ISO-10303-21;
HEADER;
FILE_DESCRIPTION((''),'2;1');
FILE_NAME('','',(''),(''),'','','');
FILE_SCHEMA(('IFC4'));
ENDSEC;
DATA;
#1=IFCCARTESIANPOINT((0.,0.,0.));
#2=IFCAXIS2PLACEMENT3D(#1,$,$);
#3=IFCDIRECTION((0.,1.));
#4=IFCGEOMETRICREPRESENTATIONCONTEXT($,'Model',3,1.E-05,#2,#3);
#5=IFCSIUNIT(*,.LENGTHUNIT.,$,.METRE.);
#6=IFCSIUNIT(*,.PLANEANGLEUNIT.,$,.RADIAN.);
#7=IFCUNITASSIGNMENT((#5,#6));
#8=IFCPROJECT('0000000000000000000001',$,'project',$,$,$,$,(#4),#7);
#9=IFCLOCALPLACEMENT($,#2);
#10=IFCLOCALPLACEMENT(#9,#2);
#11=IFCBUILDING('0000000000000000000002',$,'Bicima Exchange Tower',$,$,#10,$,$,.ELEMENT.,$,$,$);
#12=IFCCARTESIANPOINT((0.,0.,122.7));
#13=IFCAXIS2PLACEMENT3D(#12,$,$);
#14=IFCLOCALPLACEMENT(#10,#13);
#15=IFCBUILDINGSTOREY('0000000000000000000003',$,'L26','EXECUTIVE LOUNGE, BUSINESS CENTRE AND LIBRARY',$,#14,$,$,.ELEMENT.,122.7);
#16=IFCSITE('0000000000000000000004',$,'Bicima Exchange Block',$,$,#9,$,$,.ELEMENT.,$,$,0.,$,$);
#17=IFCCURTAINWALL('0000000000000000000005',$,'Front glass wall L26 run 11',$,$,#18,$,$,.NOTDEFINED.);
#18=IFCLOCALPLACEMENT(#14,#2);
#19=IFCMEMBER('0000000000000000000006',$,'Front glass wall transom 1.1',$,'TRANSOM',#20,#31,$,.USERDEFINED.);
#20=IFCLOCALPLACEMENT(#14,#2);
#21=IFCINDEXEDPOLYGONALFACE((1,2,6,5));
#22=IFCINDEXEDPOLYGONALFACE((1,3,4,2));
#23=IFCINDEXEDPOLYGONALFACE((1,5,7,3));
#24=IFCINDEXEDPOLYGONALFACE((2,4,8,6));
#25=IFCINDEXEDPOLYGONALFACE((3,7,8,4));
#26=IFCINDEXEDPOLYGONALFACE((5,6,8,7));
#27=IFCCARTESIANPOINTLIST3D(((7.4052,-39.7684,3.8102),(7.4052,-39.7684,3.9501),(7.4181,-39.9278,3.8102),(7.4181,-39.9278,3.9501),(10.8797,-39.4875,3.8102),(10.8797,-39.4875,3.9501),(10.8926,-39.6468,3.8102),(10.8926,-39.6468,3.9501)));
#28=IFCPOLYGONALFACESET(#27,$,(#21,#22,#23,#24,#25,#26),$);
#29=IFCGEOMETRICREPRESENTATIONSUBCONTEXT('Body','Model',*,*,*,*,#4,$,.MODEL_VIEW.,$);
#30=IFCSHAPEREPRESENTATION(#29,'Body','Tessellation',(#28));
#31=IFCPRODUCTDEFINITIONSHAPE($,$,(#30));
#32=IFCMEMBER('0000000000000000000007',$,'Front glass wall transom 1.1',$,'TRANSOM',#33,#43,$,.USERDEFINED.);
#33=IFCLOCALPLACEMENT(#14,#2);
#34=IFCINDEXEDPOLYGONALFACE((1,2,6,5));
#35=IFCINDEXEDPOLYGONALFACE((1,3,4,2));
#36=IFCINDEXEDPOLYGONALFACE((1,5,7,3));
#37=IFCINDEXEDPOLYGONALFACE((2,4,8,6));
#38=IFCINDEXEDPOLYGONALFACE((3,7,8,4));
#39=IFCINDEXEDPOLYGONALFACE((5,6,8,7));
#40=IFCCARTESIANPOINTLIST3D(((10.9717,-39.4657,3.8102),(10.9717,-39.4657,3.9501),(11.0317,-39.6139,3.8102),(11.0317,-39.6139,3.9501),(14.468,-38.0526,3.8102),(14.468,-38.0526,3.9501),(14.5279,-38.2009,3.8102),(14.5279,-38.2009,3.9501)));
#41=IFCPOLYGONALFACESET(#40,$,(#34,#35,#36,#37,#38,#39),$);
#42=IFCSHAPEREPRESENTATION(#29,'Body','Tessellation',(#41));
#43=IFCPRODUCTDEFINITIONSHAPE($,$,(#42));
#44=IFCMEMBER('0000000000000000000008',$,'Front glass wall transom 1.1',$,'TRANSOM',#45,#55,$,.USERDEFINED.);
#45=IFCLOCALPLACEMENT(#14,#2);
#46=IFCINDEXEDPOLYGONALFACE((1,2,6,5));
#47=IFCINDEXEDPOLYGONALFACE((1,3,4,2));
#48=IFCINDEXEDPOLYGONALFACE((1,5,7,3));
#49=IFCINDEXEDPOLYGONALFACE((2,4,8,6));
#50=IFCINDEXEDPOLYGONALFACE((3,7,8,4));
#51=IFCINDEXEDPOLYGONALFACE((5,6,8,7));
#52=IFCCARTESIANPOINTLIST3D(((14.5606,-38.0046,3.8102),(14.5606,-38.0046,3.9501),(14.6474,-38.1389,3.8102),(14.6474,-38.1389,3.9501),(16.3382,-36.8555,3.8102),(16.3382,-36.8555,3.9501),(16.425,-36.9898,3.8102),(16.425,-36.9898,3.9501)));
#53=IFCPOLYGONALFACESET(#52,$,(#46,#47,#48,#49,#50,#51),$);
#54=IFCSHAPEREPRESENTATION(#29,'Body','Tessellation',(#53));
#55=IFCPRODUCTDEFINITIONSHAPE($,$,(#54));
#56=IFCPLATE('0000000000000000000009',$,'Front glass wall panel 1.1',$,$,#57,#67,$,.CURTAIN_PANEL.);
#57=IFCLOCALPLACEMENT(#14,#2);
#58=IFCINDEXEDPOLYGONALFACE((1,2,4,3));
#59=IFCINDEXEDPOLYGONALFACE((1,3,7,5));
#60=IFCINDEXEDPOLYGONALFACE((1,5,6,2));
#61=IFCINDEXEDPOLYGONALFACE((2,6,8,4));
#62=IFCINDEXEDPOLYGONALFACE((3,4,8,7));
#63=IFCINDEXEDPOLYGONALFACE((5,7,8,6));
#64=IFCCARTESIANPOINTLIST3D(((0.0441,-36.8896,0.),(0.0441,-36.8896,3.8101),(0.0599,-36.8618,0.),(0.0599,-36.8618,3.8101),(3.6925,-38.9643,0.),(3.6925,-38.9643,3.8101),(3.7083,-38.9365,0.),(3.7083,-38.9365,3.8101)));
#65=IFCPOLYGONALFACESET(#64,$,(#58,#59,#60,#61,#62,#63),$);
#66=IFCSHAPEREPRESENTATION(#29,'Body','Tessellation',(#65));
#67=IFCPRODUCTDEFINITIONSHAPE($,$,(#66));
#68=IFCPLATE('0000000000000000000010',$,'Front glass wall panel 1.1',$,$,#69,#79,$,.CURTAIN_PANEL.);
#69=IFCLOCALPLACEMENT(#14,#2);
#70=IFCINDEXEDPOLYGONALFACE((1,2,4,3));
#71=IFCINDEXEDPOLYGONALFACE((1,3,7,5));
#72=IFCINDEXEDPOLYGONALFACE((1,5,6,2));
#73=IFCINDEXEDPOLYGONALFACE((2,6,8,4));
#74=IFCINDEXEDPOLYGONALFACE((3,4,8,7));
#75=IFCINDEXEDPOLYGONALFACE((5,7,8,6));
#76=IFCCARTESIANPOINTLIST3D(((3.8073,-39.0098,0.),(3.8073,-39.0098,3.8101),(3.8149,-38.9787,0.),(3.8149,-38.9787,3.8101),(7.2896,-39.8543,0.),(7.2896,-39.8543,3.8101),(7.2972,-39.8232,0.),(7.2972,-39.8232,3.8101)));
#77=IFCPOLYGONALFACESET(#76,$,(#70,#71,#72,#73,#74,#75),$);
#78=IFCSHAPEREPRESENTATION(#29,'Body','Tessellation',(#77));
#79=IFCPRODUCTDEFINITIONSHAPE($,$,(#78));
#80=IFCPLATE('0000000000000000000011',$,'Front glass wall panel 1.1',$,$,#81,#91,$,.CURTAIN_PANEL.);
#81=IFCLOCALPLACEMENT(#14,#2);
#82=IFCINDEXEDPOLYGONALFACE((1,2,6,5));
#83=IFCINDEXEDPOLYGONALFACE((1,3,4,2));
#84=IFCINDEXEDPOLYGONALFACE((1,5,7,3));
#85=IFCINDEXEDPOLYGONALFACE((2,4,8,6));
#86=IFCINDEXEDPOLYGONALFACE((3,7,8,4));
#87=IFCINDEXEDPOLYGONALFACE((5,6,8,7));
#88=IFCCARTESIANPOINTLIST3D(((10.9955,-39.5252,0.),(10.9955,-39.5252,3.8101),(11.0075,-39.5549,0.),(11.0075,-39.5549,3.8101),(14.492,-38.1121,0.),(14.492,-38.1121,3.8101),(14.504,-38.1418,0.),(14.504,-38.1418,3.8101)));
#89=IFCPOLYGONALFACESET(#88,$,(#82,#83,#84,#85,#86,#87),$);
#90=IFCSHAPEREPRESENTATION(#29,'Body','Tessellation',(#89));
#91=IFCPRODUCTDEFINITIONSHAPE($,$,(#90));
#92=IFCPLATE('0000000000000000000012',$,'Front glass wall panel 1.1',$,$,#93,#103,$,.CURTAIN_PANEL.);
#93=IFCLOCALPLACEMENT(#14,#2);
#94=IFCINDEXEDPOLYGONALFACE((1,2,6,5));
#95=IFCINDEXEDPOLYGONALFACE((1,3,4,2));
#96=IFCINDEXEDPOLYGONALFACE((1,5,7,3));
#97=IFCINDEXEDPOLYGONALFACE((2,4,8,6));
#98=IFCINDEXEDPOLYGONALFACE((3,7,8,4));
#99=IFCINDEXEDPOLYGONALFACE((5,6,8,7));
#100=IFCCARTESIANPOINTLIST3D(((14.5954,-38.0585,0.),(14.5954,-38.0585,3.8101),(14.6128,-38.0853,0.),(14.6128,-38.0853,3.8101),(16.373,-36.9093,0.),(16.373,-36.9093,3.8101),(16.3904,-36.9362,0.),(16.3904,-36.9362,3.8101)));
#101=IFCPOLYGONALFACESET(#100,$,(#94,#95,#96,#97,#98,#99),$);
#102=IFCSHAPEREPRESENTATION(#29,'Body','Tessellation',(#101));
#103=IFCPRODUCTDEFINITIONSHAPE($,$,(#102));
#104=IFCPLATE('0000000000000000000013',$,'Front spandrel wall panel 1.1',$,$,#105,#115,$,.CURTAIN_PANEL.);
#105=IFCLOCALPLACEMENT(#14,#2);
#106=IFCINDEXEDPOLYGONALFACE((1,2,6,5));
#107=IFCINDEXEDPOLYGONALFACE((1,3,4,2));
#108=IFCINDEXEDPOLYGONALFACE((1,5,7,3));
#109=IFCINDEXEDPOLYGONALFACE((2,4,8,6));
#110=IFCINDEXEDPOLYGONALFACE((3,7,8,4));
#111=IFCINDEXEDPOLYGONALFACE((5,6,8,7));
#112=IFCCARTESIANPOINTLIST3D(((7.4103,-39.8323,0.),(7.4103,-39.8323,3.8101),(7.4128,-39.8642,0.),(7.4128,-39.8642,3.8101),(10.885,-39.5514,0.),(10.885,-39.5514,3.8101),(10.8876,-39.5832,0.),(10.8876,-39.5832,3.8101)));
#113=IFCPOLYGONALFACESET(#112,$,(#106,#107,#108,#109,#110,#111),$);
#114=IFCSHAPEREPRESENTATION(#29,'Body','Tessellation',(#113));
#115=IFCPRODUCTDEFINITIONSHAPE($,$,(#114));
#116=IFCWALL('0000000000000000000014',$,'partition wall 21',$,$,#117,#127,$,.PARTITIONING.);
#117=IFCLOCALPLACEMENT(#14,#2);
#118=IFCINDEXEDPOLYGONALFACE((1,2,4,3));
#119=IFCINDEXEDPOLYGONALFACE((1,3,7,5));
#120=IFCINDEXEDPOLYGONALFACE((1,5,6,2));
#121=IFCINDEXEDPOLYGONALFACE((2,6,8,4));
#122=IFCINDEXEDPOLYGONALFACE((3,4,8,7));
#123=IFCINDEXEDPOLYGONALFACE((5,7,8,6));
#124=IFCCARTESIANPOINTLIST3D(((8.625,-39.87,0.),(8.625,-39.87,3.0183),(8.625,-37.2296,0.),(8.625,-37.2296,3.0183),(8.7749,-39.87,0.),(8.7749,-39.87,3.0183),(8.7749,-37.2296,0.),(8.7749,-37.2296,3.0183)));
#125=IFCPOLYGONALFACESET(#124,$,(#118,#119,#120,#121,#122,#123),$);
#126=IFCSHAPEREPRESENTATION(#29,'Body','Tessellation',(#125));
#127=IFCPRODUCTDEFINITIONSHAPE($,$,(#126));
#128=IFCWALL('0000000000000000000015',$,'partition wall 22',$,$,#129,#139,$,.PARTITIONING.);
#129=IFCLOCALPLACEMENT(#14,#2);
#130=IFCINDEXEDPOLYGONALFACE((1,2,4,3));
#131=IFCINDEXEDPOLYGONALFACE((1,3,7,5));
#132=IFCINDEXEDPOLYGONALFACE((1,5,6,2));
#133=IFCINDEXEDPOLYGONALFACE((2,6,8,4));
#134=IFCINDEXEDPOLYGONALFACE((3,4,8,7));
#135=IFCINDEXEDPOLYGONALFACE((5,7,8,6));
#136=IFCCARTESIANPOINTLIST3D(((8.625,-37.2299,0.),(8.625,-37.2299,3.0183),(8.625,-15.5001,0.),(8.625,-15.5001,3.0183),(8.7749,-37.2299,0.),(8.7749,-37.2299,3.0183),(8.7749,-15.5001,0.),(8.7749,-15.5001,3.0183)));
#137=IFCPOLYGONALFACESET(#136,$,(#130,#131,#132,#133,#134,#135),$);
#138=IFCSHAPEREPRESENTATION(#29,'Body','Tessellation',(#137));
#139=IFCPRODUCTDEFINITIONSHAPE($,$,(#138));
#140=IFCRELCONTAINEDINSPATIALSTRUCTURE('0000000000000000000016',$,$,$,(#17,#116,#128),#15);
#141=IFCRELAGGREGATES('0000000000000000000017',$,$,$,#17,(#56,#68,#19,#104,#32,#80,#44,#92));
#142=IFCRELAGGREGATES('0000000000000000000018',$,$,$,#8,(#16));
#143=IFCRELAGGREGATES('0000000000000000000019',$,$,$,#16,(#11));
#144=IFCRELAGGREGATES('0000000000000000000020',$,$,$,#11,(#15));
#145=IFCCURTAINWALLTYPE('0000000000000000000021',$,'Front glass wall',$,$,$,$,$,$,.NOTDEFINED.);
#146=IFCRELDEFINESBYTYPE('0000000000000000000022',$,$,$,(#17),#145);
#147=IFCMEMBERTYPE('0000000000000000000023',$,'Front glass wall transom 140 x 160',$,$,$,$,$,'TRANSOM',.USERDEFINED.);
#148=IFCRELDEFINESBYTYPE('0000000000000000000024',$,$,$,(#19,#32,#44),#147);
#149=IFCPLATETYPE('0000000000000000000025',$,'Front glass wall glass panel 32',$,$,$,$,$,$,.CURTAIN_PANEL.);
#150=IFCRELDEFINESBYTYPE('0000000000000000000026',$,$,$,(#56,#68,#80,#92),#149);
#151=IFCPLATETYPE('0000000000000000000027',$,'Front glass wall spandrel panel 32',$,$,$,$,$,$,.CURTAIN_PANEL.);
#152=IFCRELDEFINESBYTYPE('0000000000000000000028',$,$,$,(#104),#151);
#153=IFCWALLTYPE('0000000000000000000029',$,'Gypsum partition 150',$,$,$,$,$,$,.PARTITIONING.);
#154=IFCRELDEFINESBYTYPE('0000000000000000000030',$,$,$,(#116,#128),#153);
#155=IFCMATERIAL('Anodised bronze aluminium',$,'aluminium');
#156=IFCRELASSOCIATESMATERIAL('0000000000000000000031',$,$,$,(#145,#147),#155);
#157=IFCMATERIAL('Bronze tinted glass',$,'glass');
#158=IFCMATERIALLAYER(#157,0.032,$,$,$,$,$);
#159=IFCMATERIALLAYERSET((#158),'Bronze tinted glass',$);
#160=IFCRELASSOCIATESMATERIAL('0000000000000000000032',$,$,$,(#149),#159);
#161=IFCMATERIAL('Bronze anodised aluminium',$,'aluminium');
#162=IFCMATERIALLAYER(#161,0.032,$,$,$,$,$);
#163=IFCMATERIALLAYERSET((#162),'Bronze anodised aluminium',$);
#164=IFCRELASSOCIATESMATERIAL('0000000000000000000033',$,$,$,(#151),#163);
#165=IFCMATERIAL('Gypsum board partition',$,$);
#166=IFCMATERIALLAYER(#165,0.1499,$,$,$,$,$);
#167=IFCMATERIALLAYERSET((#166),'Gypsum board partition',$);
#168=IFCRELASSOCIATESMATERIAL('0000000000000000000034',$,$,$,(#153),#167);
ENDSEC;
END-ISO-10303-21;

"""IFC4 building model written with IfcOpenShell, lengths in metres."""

from ifc_helpers import new_model, si_unit, direction, frame, frame_2d, origin, origin_2d, place, context, subcontext, project, spatial, rectangle, extrude, material, layer, layer_set, material_profile, profile_set, type_object, element, aggregate, save


model = new_model("IFC4")

# Units and contexts
model_context = context("Model", 3, precision=1e-05, world=origin(), true_north=direction((0.0, 1.0)))
body_context = subcontext(model_context, "Body", "Model", "MODEL_VIEW")
ifc_project = project(units=[si_unit("LENGTHUNIT", "METRE"), si_unit("PLANEANGLEUNIT", "RADIAN")], contexts=[model_context])

# Site, building, storey
site_placement = place(None, origin())
site = spatial("IfcSite", under=ifc_project, at=site_placement, Name="Bicima Exchange Block", CompositionType="ELEMENT", RefElevation=0.0)
building_placement = place(site_placement, origin())
building = spatial("IfcBuilding", under=site, at=building_placement, Name="Bicima Exchange Tower", CompositionType="ELEMENT")
storey_placement = place(building_placement, frame((0.0, 0.0, 122.7)))
storey = spatial("IfcBuildingStorey", under=building, at=storey_placement, Name="L26", Description="EXECUTIVE LOUNGE, BUSINESS CENTRE AND LIBRARY", CompositionType="ELEMENT", Elevation=122.7)

# Curtain wall
ifc_material_1 = material(Name="Anodised bronze aluminium", Category="aluminium")
curtain_wall_type = type_object("IfcCurtainWallType", Name="Front glass wall", PredefinedType="NOTDEFINED", material=ifc_material_1)
curtain_wall_1_placement = place(storey_placement, origin())
curtain_wall_1 = element("IfcCurtainWall", 1, at=curtain_wall_1_placement, inside=storey, type_object=curtain_wall_type, Name="Front glass wall L26 run 11", PredefinedType="NOTDEFINED")

# Members
ifc_material_profile_1 = material_profile(ifc_material_1, rectangle(XDim=0.1599, YDim=0.1399, at=origin_2d()))
ifc_profile_set_1 = profile_set([ifc_material_profile_1], Name="Anodised bronze aluminium")
member_type_1 = type_object("IfcMemberType", Name="Front glass wall transom 140 x 160", ElementType="TRANSOM", PredefinedType="USERDEFINED", material=ifc_profile_set_1)
member_1_placement = place(storey_placement, frame((7.4116, -39.8481, 3.8801), z_axis=(0.996746, 0.080611, 0.0), x_axis=(-0.080611, 0.996746, 0.0)))
member_1 = element("IfcMember", 2, at=member_1_placement, type_object=member_type_1, Name="Front glass wall transom 1.1", ObjectType="TRANSOM", PredefinedType="USERDEFINED", context=body_context, shape_type="SweptSolid", body=[
    extrude(rectangle(XDim=0.1599, YDim=0.1399, at=origin_2d()), origin(), (0.0, 0.0, 1.0), 3.4858),
])
member_2_placement = place(storey_placement, frame((11.0017, -39.5398, 3.8801), z_axis=(0.92714, 0.374715, 0.0), x_axis=(-0.374715, 0.92714, 0.0)))
member_2 = element("IfcMember", 3, at=member_2_placement, type_object=member_type_1, Name="Front glass wall transom 1.1", ObjectType="TRANSOM", PredefinedType="USERDEFINED", context=body_context, shape_type="SweptSolid", body=[
    extrude(rectangle(XDim=0.1599, YDim=0.1399, at=origin_2d()), origin(), (0.0, 0.0, 1.0), 3.771),
])
member_3_placement = place(storey_placement, frame((14.604, -38.0718, 3.8801), z_axis=(0.839793, 0.542907, 0.0), x_axis=(-0.542907, 0.839793, 0.0)))
member_3 = element("IfcMember", 4, at=member_3_placement, type_object=member_type_1, Name="Front glass wall transom 1.1", ObjectType="TRANSOM", PredefinedType="USERDEFINED", context=body_context, shape_type="SweptSolid", body=[
    extrude(rectangle(XDim=0.1599, YDim=0.1399, at=origin_2d()), origin(), (0.0, 0.0, 1.0), 2.1167),
])

# Plates
ifc_material_2 = material(Name="Bronze tinted glass", Category="glass")
ifc_layer_1 = layer(ifc_material_2, 0.032)
ifc_layer_set_1 = layer_set([ifc_layer_1], Name="Bronze tinted glass")
plate_type_1 = type_object("IfcPlateType", Name="Front glass wall glass panel 32", PredefinedType="CURTAIN_PANEL", material=ifc_layer_set_1)
plate_1_placement = place(storey_placement, frame((1.8762, -37.9131, 0.0), z_axis=(0.0, 0.0, 1.0), x_axis=(0.869274, -0.49433, 0.0)))
plate_1 = element("IfcPlate", 5, at=plate_1_placement, type_object=plate_type_1, Name="Front glass wall panel 1.1", PredefinedType="CURTAIN_PANEL", context=body_context, shape_type="SweptSolid", body=[
    extrude(rectangle(XDim=4.197, YDim=0.032, at=origin_2d()), origin(), (0.0, 0.0, 1.0), 3.8101),
])
plate_2_placement = place(storey_placement, frame((5.5522, -39.4165, 0.0), z_axis=(0.0, 0.0, 1.0), x_axis=(0.97183, -0.235682, 0.0)))
plate_2 = element("IfcPlate", 6, at=plate_2_placement, type_object=plate_type_1, Name="Front glass wall panel 1.1", PredefinedType="CURTAIN_PANEL", context=body_context, shape_type="SweptSolid", body=[
    extrude(rectangle(XDim=3.5833, YDim=0.032, at=origin_2d()), origin(), (0.0, 0.0, 1.0), 3.8101),
])
plate_3_placement = place(storey_placement, frame((12.7498, -38.8335, 0.0), z_axis=(0.0, 0.0, 1.0), x_axis=(0.927144, 0.374705, 0.0)))
plate_3 = element("IfcPlate", 7, at=plate_3_placement, type_object=plate_type_1, Name="Front glass wall panel 1.1", PredefinedType="CURTAIN_PANEL", context=body_context, shape_type="SweptSolid", body=[
    extrude(rectangle(XDim=3.7712, YDim=0.032, at=origin_2d()), origin(), (0.0, 0.0, 1.0), 3.8101),
])
plate_4_placement = place(storey_placement, frame((15.4929, -37.4973, 0.0), z_axis=(0.0, 0.0, 1.0), x_axis=(0.839791, 0.542909, 0.0)))
plate_4 = element("IfcPlate", 8, at=plate_4_placement, type_object=plate_type_1, Name="Front glass wall panel 1.1", PredefinedType="CURTAIN_PANEL", context=body_context, shape_type="SweptSolid", body=[
    extrude(rectangle(XDim=2.1167, YDim=0.032, at=origin_2d()), origin(), (0.0, 0.0, 1.0), 3.8101),
])
ifc_material_3 = material(Name="Bronze anodised aluminium", Category="aluminium")
ifc_layer_2 = layer(ifc_material_3, 0.032)
ifc_layer_set_2 = layer_set([ifc_layer_2], Name="Bronze anodised aluminium")
plate_type_2 = type_object("IfcPlateType", Name="Front glass wall spandrel panel 32", PredefinedType="CURTAIN_PANEL", material=ifc_layer_set_2)
plate_5_placement = place(storey_placement, frame((9.1489, -39.7078, 0.0), z_axis=(0.0, 0.0, 1.0), x_axis=(0.996747, 0.080589, 0.0)))
plate_5 = element("IfcPlate", 9, at=plate_5_placement, type_object=plate_type_2, Name="Front spandrel wall panel 1.1", PredefinedType="CURTAIN_PANEL", context=body_context, shape_type="SweptSolid", body=[
    extrude(rectangle(XDim=3.4861, YDim=0.032, at=origin_2d()), origin(), (0.0, 0.0, 1.0), 3.8101),
])
aggregate(curtain_wall_1, [plate_1, plate_2, member_1, plate_5, member_2, plate_3, member_3, plate_4])

# Walls
ifc_material_4 = material(Name="Gypsum board partition")
ifc_layer_3 = layer(ifc_material_4, 0.1499)
ifc_layer_set_3 = layer_set([ifc_layer_3], Name="Gypsum board partition")
wall_type = type_object("IfcWallType", Name="Gypsum partition 150", PredefinedType="PARTITIONING", material=ifc_layer_set_3)
wall_1_placement = place(storey_placement, frame((8.7, -39.8701, 0.0), z_axis=(0.0, 0.0, 1.0), x_axis=(0.0, 1.0, 0.0)))
element("IfcWall", 10, at=wall_1_placement, inside=storey, type_object=wall_type, Name="partition wall 21", PredefinedType="PARTITIONING", context=body_context, shape_type="SweptSolid", body=[
    extrude(rectangle(XDim=2.6404, YDim=0.1499, at=frame_2d((1.3203, 0.0))), origin(), (0.0, 0.0, 1.0), 3.0183),
])
wall_2_placement = place(storey_placement, frame((8.7, -37.2297, 0.0), z_axis=(0.0, 0.0, 1.0), x_axis=(0.0, 1.0, 0.0)))
element("IfcWall", 11, at=wall_2_placement, inside=storey, type_object=wall_type, Name="partition wall 22", PredefinedType="PARTITIONING", context=body_context, shape_type="SweptSolid", body=[
    extrude(rectangle(XDim=21.7297, YDim=0.1499, at=frame_2d((10.8647, 0.0))), origin(), (0.0, 0.0, 1.0), 3.0183),
])

save(model, "model.ifc")
